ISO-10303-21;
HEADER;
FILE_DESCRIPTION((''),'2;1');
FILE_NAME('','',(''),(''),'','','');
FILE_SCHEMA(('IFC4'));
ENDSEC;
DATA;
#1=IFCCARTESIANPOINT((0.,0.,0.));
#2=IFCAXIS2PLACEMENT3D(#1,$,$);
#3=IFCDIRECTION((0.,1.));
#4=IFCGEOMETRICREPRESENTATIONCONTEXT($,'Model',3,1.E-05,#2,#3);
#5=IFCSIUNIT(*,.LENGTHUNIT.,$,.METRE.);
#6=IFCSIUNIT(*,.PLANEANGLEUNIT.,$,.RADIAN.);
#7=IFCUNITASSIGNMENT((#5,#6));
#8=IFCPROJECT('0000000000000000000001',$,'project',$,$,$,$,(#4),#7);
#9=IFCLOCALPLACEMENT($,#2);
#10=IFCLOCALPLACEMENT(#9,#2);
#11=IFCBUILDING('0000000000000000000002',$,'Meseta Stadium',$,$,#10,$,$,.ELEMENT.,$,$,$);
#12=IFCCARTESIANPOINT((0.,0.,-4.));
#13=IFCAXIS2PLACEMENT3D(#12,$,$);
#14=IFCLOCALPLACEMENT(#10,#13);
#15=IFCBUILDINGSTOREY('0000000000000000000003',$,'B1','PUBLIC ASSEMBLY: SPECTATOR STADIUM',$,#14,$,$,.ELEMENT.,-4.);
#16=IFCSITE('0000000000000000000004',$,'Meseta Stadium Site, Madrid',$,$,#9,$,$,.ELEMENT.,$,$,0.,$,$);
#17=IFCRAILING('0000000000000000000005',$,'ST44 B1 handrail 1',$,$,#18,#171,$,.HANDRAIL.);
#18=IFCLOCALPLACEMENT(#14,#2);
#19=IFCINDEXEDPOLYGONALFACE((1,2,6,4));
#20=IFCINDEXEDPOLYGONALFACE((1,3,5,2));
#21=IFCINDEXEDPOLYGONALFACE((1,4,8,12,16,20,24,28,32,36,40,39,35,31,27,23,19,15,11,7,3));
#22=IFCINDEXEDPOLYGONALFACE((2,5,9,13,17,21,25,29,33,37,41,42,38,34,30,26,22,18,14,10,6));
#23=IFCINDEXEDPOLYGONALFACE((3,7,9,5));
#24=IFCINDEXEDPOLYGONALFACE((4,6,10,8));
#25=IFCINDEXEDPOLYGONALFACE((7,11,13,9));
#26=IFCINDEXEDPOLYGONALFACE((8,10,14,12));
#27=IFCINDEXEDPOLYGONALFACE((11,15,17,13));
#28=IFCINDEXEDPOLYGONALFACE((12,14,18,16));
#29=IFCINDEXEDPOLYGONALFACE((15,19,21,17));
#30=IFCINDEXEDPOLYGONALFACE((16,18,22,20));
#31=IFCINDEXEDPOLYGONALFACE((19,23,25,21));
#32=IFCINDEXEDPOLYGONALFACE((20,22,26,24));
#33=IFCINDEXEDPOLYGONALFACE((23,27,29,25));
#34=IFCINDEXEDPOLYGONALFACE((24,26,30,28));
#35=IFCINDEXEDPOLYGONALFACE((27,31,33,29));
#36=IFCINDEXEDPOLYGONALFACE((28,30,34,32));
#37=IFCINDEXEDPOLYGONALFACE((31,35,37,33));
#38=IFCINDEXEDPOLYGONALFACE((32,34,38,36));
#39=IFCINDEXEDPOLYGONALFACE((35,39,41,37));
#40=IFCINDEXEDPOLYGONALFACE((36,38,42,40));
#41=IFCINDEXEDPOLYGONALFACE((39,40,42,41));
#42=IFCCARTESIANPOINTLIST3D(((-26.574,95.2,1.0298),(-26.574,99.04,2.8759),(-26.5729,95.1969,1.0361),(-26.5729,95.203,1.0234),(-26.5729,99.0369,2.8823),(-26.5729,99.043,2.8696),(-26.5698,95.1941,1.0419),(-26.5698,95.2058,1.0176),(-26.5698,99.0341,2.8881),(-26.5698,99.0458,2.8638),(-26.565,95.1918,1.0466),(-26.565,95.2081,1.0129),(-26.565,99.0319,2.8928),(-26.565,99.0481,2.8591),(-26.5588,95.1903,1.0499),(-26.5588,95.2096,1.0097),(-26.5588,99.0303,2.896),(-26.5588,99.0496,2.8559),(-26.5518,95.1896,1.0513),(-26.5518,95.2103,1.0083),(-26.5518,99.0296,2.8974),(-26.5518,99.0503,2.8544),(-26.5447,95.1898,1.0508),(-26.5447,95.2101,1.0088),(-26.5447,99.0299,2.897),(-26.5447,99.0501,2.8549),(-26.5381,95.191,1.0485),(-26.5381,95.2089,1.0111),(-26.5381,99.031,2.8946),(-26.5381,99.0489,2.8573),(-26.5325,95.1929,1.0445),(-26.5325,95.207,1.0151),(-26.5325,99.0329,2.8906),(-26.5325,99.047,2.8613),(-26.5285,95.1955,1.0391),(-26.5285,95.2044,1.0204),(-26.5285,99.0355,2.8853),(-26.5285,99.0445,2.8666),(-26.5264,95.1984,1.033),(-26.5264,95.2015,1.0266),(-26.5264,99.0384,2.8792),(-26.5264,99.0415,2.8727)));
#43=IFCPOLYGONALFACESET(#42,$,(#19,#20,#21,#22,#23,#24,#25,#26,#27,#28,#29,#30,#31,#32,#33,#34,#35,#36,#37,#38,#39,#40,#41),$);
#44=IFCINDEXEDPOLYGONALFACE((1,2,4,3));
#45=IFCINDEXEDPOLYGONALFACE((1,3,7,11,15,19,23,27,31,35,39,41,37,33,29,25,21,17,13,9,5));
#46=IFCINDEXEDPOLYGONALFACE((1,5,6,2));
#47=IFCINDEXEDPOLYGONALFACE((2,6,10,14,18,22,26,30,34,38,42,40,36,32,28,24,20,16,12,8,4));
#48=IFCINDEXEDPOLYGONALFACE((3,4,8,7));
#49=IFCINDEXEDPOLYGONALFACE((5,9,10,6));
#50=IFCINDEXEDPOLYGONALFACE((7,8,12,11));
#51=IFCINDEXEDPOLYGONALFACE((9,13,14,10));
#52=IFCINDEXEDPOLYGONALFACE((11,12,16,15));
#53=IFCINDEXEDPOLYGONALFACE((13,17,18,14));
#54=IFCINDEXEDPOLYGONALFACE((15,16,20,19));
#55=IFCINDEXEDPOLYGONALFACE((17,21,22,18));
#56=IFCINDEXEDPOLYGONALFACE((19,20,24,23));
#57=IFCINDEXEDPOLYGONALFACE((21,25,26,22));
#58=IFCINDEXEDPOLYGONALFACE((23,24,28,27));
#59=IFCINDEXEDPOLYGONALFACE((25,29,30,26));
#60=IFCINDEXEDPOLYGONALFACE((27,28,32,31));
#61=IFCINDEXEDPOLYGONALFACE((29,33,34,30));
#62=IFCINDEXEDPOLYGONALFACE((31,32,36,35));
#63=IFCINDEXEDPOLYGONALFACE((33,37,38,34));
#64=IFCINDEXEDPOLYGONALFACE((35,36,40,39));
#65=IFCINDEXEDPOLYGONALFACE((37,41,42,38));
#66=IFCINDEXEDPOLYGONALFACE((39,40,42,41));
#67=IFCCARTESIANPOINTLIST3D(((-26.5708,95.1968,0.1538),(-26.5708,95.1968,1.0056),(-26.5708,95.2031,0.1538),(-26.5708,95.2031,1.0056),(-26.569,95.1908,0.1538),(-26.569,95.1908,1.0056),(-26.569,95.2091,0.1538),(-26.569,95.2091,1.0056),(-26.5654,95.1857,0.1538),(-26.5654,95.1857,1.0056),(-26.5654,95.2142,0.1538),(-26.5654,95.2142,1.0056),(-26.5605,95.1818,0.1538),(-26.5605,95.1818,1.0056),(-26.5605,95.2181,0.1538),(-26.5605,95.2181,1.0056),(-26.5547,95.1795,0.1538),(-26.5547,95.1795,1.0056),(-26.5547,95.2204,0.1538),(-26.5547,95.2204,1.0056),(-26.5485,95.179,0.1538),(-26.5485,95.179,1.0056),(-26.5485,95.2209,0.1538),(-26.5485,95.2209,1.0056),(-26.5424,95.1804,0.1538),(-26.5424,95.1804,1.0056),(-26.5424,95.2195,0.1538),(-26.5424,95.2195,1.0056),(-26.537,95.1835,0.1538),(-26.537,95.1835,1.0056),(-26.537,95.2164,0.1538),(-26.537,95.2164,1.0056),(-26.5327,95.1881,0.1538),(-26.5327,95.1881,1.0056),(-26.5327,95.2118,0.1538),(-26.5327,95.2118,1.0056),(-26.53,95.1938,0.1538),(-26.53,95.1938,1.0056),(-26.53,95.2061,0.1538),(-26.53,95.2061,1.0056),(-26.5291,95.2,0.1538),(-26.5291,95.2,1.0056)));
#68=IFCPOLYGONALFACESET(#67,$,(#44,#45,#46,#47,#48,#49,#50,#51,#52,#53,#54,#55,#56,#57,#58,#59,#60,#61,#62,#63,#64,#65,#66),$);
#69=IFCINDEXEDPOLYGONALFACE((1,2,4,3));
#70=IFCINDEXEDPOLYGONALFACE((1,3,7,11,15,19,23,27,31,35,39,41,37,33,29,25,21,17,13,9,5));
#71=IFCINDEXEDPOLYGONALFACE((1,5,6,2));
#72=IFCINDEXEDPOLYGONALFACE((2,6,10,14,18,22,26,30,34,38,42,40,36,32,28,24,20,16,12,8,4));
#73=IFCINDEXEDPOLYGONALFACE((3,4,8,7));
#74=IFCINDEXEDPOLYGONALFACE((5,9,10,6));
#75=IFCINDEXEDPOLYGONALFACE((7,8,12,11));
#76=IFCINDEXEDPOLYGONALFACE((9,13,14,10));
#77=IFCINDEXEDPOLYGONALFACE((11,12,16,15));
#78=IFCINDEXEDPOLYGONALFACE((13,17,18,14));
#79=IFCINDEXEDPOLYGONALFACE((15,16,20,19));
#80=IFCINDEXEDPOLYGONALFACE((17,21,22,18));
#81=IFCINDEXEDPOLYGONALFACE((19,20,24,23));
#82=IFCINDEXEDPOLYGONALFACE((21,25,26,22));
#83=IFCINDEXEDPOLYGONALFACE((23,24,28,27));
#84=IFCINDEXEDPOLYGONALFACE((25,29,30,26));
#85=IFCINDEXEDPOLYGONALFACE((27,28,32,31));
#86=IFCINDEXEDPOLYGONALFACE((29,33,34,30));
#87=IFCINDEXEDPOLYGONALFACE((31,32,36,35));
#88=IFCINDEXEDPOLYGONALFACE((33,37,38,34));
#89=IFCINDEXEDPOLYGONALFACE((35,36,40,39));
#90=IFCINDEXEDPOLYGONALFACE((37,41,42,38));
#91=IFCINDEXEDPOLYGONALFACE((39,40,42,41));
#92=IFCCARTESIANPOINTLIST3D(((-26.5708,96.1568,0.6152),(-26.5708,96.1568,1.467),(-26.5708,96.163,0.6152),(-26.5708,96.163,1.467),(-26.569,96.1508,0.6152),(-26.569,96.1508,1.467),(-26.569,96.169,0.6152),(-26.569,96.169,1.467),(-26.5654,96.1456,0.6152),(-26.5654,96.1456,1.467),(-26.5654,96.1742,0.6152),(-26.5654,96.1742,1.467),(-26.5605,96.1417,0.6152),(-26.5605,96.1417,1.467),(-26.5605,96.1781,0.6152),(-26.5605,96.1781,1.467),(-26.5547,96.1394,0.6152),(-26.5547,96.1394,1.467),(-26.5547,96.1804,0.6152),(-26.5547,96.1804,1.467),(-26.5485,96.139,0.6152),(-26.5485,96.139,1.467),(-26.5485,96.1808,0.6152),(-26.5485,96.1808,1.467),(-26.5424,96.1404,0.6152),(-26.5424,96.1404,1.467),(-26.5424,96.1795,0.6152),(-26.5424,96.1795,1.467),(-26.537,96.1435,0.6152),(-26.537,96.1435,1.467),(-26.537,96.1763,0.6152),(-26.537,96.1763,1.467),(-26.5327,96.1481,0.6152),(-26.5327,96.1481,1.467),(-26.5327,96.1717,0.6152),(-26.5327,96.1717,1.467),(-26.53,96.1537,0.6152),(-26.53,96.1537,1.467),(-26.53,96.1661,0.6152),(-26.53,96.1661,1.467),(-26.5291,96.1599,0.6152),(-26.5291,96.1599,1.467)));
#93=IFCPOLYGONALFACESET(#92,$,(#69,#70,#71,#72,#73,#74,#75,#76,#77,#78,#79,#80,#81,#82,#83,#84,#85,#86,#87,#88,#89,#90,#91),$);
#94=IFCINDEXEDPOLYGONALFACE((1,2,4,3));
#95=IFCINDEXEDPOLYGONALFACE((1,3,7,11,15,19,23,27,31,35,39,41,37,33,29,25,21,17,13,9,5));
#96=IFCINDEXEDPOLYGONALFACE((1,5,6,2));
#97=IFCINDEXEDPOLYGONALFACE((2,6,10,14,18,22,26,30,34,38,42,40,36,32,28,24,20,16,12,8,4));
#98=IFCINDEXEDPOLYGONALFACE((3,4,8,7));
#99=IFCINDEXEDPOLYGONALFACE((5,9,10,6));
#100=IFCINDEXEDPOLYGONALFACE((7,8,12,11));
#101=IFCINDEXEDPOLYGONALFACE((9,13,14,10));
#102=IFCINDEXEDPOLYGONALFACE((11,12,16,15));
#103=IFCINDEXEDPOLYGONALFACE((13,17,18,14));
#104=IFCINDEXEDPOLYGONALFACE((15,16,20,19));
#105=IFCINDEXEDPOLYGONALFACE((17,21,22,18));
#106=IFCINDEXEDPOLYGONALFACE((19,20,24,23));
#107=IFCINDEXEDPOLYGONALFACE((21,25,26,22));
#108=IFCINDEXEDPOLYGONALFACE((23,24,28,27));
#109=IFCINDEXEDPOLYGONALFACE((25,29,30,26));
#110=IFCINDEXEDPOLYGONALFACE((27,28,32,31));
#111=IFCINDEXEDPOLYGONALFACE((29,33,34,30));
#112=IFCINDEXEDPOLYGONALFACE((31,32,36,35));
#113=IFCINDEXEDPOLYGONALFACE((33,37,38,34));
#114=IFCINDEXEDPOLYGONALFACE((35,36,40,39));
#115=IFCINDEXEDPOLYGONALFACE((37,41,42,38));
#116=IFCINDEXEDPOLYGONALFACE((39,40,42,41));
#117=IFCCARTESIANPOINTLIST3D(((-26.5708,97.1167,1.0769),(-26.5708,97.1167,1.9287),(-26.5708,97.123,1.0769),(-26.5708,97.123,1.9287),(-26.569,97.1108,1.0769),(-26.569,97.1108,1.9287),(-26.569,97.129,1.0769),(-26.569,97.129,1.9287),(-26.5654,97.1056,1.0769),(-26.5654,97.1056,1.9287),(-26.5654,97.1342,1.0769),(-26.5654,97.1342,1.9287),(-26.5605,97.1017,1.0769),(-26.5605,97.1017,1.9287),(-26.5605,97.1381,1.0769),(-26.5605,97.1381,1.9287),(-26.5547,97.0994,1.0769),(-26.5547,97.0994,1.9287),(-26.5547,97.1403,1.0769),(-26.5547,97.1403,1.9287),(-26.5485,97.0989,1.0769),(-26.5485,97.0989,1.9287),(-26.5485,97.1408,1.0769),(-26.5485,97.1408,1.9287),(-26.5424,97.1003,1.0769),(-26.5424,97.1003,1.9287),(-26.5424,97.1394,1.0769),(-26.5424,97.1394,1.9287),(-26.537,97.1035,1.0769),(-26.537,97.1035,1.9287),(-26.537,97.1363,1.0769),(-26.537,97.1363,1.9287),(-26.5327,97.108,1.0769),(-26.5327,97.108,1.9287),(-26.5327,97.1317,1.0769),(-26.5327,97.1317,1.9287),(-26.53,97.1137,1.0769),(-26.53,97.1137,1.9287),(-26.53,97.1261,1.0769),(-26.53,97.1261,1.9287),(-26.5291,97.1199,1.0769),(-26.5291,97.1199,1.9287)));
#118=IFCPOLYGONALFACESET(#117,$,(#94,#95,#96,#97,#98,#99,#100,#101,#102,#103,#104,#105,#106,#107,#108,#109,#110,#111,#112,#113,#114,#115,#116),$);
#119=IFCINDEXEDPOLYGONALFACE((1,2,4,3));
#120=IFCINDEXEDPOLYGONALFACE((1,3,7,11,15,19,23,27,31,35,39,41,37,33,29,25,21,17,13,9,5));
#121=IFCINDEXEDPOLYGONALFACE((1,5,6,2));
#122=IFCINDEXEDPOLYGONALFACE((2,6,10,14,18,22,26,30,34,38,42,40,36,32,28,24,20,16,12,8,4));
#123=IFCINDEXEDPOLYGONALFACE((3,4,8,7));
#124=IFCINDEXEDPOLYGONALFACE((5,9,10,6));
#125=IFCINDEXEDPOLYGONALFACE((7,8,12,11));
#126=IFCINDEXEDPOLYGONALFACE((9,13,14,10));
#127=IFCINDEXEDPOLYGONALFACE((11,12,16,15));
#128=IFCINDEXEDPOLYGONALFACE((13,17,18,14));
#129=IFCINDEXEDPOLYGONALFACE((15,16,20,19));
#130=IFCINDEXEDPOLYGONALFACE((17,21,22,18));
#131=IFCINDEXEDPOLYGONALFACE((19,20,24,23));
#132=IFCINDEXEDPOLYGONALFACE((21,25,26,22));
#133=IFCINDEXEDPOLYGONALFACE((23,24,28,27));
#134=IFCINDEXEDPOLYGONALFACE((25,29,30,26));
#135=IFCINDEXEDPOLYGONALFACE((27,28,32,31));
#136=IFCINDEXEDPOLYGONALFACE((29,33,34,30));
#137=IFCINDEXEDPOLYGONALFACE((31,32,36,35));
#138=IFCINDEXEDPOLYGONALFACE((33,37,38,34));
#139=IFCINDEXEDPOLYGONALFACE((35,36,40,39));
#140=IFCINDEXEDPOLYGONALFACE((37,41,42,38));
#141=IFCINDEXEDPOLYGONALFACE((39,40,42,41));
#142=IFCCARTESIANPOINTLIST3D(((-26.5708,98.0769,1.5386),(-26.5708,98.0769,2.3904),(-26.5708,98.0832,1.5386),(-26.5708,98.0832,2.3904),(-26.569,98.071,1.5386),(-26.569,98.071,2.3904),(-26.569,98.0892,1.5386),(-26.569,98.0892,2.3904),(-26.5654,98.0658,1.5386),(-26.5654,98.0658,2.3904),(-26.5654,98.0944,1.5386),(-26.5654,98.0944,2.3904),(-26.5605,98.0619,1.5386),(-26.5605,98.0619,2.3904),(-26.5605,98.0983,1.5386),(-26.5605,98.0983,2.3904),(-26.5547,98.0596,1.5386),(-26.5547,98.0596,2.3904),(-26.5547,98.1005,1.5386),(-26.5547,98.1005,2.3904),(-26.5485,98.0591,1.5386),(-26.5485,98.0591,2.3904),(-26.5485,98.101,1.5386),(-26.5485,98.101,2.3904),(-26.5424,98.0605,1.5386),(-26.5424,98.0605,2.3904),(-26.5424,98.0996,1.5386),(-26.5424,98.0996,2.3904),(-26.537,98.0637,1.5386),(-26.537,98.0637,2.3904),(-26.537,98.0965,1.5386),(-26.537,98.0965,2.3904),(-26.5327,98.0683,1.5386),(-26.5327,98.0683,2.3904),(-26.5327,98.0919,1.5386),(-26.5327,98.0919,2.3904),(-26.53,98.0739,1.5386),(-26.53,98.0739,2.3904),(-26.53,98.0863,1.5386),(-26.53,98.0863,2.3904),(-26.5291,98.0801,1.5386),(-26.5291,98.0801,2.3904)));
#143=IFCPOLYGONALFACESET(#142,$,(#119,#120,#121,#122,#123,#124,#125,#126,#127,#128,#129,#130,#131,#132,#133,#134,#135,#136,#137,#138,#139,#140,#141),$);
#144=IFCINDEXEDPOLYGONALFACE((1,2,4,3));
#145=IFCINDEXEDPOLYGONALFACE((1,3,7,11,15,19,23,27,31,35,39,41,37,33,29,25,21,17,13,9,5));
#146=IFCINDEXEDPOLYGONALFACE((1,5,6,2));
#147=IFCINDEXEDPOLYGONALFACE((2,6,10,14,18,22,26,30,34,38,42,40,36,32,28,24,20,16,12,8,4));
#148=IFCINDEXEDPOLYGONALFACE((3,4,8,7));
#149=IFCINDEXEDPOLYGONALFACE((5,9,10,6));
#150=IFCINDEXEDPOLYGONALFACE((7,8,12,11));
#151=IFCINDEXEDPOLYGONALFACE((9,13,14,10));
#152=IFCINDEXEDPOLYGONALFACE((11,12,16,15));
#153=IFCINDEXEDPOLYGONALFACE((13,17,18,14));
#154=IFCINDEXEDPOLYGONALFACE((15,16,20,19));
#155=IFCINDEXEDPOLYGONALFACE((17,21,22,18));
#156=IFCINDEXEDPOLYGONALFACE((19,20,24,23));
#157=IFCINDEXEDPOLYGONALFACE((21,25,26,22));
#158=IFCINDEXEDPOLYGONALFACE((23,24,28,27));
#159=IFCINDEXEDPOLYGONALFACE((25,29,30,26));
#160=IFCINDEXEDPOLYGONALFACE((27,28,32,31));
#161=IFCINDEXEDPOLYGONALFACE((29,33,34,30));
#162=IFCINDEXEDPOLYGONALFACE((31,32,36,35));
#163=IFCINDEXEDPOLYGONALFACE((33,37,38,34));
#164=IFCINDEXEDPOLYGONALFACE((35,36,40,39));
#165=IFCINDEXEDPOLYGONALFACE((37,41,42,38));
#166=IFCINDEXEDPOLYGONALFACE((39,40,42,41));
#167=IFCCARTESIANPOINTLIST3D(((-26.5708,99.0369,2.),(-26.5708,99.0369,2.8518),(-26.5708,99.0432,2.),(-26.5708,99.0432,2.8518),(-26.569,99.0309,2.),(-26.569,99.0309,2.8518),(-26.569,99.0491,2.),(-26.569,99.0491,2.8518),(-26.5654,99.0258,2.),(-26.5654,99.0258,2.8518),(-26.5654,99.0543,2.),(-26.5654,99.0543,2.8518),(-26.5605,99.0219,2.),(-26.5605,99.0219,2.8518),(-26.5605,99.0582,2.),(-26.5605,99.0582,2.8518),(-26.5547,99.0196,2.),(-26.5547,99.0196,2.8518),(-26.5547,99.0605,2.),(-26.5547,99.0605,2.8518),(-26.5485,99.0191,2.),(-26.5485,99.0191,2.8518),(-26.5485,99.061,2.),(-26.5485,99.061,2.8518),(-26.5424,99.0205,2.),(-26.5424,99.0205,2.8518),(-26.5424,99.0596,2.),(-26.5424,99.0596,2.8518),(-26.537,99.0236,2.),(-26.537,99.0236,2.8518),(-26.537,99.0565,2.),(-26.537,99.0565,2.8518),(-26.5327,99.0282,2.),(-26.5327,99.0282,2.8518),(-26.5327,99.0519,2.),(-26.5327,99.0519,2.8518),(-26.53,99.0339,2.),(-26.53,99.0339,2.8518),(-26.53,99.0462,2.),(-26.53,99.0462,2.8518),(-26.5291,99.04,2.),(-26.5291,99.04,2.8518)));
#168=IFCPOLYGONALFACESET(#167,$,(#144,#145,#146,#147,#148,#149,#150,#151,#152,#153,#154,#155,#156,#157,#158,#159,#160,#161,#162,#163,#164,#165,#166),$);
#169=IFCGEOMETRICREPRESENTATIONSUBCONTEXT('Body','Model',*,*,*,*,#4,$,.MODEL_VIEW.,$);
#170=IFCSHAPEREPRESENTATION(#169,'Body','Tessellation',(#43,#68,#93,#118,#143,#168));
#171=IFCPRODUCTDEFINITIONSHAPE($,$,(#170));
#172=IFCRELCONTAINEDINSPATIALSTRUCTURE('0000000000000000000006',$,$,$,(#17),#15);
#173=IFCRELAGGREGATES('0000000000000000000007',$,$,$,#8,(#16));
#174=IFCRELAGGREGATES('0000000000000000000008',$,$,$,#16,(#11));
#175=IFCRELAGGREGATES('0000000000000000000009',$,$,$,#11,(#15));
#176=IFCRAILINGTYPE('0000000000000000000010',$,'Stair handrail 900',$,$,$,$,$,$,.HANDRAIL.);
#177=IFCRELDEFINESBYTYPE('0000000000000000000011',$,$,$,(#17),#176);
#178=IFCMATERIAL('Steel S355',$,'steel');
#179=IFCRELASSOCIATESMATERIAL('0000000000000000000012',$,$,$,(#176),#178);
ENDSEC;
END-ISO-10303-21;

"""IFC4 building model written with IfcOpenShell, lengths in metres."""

from ifc_helpers import new_model, si_unit, direction, frame, origin, origin_2d, place, context, subcontext, project, spatial, circle, extrude, material, type_object, element, save


model = new_model("IFC4")

# Units and contexts
model_context = context("Model", 3, precision=1e-05, world=origin(), true_north=direction((0.0, 1.0)))
body_context = subcontext(model_context, "Body", "Model", "MODEL_VIEW")
ifc_project = project(units=[si_unit("LENGTHUNIT", "METRE"), si_unit("PLANEANGLEUNIT", "RADIAN")], contexts=[model_context])

# Site, building, storey
site_placement = place(None, origin())
site = spatial("IfcSite", under=ifc_project, at=site_placement, Name="Meseta Stadium Site, Madrid", CompositionType="ELEMENT", RefElevation=0.0)
building_placement = place(site_placement, origin())
building = spatial("IfcBuilding", under=site, at=building_placement, Name="Meseta Stadium", CompositionType="ELEMENT")
storey_placement = place(building_placement, frame((0.0, 0.0, -4.0)))
storey = spatial("IfcBuildingStorey", under=building, at=storey_placement, Name="B1", Description="PUBLIC ASSEMBLY: SPECTATOR STADIUM", CompositionType="ELEMENT", Elevation=-4.0)

# Railing
ifc_material_1 = material(Name="Steel S355", Category="steel")
railing_type_1 = type_object("IfcRailingType", Name="Stair handrail 900", PredefinedType="HANDRAIL", material=ifc_material_1)
railing_1_placement = place(storey_placement, frame((-26.55, 95.2, 0.1538)))
element("IfcRailing", 1, at=railing_1_placement, inside=storey, type_object=railing_type_1, Name="ST44 B1 handrail 1", PredefinedType="HANDRAIL", context=body_context, shape_type="SweptSolid", body=[
    extrude(circle(Radius=0.0239, at=origin_2d()), frame((0.0, 0.0, 0.876), z_axis=(0.0, 0.901253, 0.433294), x_axis=(-1.0, 0.0, 0.0)), (0.0, 0.0, 1.0), 4.2607),
    extrude(circle(Radius=0.021, at=origin_2d()), origin(), (0.0, 0.0, 1.0), 0.8518),
    extrude(circle(Radius=0.021, at=origin_2d()), frame((0.0, 0.96, 0.4614)), (0.0, 0.0, 1.0), 0.8518),
    extrude(circle(Radius=0.021, at=origin_2d()), frame((0.0, 1.9199, 0.9231)), (0.0, 0.0, 1.0), 0.8518),
    extrude(circle(Radius=0.021, at=origin_2d()), frame((0.0, 2.8801, 1.3848)), (0.0, 0.0, 1.0), 0.8518),
    extrude(circle(Radius=0.021, at=origin_2d()), frame((0.0, 3.8401, 1.8462)), (0.0, 0.0, 1.0), 0.8518),
])

save(model, "model.ifc")
